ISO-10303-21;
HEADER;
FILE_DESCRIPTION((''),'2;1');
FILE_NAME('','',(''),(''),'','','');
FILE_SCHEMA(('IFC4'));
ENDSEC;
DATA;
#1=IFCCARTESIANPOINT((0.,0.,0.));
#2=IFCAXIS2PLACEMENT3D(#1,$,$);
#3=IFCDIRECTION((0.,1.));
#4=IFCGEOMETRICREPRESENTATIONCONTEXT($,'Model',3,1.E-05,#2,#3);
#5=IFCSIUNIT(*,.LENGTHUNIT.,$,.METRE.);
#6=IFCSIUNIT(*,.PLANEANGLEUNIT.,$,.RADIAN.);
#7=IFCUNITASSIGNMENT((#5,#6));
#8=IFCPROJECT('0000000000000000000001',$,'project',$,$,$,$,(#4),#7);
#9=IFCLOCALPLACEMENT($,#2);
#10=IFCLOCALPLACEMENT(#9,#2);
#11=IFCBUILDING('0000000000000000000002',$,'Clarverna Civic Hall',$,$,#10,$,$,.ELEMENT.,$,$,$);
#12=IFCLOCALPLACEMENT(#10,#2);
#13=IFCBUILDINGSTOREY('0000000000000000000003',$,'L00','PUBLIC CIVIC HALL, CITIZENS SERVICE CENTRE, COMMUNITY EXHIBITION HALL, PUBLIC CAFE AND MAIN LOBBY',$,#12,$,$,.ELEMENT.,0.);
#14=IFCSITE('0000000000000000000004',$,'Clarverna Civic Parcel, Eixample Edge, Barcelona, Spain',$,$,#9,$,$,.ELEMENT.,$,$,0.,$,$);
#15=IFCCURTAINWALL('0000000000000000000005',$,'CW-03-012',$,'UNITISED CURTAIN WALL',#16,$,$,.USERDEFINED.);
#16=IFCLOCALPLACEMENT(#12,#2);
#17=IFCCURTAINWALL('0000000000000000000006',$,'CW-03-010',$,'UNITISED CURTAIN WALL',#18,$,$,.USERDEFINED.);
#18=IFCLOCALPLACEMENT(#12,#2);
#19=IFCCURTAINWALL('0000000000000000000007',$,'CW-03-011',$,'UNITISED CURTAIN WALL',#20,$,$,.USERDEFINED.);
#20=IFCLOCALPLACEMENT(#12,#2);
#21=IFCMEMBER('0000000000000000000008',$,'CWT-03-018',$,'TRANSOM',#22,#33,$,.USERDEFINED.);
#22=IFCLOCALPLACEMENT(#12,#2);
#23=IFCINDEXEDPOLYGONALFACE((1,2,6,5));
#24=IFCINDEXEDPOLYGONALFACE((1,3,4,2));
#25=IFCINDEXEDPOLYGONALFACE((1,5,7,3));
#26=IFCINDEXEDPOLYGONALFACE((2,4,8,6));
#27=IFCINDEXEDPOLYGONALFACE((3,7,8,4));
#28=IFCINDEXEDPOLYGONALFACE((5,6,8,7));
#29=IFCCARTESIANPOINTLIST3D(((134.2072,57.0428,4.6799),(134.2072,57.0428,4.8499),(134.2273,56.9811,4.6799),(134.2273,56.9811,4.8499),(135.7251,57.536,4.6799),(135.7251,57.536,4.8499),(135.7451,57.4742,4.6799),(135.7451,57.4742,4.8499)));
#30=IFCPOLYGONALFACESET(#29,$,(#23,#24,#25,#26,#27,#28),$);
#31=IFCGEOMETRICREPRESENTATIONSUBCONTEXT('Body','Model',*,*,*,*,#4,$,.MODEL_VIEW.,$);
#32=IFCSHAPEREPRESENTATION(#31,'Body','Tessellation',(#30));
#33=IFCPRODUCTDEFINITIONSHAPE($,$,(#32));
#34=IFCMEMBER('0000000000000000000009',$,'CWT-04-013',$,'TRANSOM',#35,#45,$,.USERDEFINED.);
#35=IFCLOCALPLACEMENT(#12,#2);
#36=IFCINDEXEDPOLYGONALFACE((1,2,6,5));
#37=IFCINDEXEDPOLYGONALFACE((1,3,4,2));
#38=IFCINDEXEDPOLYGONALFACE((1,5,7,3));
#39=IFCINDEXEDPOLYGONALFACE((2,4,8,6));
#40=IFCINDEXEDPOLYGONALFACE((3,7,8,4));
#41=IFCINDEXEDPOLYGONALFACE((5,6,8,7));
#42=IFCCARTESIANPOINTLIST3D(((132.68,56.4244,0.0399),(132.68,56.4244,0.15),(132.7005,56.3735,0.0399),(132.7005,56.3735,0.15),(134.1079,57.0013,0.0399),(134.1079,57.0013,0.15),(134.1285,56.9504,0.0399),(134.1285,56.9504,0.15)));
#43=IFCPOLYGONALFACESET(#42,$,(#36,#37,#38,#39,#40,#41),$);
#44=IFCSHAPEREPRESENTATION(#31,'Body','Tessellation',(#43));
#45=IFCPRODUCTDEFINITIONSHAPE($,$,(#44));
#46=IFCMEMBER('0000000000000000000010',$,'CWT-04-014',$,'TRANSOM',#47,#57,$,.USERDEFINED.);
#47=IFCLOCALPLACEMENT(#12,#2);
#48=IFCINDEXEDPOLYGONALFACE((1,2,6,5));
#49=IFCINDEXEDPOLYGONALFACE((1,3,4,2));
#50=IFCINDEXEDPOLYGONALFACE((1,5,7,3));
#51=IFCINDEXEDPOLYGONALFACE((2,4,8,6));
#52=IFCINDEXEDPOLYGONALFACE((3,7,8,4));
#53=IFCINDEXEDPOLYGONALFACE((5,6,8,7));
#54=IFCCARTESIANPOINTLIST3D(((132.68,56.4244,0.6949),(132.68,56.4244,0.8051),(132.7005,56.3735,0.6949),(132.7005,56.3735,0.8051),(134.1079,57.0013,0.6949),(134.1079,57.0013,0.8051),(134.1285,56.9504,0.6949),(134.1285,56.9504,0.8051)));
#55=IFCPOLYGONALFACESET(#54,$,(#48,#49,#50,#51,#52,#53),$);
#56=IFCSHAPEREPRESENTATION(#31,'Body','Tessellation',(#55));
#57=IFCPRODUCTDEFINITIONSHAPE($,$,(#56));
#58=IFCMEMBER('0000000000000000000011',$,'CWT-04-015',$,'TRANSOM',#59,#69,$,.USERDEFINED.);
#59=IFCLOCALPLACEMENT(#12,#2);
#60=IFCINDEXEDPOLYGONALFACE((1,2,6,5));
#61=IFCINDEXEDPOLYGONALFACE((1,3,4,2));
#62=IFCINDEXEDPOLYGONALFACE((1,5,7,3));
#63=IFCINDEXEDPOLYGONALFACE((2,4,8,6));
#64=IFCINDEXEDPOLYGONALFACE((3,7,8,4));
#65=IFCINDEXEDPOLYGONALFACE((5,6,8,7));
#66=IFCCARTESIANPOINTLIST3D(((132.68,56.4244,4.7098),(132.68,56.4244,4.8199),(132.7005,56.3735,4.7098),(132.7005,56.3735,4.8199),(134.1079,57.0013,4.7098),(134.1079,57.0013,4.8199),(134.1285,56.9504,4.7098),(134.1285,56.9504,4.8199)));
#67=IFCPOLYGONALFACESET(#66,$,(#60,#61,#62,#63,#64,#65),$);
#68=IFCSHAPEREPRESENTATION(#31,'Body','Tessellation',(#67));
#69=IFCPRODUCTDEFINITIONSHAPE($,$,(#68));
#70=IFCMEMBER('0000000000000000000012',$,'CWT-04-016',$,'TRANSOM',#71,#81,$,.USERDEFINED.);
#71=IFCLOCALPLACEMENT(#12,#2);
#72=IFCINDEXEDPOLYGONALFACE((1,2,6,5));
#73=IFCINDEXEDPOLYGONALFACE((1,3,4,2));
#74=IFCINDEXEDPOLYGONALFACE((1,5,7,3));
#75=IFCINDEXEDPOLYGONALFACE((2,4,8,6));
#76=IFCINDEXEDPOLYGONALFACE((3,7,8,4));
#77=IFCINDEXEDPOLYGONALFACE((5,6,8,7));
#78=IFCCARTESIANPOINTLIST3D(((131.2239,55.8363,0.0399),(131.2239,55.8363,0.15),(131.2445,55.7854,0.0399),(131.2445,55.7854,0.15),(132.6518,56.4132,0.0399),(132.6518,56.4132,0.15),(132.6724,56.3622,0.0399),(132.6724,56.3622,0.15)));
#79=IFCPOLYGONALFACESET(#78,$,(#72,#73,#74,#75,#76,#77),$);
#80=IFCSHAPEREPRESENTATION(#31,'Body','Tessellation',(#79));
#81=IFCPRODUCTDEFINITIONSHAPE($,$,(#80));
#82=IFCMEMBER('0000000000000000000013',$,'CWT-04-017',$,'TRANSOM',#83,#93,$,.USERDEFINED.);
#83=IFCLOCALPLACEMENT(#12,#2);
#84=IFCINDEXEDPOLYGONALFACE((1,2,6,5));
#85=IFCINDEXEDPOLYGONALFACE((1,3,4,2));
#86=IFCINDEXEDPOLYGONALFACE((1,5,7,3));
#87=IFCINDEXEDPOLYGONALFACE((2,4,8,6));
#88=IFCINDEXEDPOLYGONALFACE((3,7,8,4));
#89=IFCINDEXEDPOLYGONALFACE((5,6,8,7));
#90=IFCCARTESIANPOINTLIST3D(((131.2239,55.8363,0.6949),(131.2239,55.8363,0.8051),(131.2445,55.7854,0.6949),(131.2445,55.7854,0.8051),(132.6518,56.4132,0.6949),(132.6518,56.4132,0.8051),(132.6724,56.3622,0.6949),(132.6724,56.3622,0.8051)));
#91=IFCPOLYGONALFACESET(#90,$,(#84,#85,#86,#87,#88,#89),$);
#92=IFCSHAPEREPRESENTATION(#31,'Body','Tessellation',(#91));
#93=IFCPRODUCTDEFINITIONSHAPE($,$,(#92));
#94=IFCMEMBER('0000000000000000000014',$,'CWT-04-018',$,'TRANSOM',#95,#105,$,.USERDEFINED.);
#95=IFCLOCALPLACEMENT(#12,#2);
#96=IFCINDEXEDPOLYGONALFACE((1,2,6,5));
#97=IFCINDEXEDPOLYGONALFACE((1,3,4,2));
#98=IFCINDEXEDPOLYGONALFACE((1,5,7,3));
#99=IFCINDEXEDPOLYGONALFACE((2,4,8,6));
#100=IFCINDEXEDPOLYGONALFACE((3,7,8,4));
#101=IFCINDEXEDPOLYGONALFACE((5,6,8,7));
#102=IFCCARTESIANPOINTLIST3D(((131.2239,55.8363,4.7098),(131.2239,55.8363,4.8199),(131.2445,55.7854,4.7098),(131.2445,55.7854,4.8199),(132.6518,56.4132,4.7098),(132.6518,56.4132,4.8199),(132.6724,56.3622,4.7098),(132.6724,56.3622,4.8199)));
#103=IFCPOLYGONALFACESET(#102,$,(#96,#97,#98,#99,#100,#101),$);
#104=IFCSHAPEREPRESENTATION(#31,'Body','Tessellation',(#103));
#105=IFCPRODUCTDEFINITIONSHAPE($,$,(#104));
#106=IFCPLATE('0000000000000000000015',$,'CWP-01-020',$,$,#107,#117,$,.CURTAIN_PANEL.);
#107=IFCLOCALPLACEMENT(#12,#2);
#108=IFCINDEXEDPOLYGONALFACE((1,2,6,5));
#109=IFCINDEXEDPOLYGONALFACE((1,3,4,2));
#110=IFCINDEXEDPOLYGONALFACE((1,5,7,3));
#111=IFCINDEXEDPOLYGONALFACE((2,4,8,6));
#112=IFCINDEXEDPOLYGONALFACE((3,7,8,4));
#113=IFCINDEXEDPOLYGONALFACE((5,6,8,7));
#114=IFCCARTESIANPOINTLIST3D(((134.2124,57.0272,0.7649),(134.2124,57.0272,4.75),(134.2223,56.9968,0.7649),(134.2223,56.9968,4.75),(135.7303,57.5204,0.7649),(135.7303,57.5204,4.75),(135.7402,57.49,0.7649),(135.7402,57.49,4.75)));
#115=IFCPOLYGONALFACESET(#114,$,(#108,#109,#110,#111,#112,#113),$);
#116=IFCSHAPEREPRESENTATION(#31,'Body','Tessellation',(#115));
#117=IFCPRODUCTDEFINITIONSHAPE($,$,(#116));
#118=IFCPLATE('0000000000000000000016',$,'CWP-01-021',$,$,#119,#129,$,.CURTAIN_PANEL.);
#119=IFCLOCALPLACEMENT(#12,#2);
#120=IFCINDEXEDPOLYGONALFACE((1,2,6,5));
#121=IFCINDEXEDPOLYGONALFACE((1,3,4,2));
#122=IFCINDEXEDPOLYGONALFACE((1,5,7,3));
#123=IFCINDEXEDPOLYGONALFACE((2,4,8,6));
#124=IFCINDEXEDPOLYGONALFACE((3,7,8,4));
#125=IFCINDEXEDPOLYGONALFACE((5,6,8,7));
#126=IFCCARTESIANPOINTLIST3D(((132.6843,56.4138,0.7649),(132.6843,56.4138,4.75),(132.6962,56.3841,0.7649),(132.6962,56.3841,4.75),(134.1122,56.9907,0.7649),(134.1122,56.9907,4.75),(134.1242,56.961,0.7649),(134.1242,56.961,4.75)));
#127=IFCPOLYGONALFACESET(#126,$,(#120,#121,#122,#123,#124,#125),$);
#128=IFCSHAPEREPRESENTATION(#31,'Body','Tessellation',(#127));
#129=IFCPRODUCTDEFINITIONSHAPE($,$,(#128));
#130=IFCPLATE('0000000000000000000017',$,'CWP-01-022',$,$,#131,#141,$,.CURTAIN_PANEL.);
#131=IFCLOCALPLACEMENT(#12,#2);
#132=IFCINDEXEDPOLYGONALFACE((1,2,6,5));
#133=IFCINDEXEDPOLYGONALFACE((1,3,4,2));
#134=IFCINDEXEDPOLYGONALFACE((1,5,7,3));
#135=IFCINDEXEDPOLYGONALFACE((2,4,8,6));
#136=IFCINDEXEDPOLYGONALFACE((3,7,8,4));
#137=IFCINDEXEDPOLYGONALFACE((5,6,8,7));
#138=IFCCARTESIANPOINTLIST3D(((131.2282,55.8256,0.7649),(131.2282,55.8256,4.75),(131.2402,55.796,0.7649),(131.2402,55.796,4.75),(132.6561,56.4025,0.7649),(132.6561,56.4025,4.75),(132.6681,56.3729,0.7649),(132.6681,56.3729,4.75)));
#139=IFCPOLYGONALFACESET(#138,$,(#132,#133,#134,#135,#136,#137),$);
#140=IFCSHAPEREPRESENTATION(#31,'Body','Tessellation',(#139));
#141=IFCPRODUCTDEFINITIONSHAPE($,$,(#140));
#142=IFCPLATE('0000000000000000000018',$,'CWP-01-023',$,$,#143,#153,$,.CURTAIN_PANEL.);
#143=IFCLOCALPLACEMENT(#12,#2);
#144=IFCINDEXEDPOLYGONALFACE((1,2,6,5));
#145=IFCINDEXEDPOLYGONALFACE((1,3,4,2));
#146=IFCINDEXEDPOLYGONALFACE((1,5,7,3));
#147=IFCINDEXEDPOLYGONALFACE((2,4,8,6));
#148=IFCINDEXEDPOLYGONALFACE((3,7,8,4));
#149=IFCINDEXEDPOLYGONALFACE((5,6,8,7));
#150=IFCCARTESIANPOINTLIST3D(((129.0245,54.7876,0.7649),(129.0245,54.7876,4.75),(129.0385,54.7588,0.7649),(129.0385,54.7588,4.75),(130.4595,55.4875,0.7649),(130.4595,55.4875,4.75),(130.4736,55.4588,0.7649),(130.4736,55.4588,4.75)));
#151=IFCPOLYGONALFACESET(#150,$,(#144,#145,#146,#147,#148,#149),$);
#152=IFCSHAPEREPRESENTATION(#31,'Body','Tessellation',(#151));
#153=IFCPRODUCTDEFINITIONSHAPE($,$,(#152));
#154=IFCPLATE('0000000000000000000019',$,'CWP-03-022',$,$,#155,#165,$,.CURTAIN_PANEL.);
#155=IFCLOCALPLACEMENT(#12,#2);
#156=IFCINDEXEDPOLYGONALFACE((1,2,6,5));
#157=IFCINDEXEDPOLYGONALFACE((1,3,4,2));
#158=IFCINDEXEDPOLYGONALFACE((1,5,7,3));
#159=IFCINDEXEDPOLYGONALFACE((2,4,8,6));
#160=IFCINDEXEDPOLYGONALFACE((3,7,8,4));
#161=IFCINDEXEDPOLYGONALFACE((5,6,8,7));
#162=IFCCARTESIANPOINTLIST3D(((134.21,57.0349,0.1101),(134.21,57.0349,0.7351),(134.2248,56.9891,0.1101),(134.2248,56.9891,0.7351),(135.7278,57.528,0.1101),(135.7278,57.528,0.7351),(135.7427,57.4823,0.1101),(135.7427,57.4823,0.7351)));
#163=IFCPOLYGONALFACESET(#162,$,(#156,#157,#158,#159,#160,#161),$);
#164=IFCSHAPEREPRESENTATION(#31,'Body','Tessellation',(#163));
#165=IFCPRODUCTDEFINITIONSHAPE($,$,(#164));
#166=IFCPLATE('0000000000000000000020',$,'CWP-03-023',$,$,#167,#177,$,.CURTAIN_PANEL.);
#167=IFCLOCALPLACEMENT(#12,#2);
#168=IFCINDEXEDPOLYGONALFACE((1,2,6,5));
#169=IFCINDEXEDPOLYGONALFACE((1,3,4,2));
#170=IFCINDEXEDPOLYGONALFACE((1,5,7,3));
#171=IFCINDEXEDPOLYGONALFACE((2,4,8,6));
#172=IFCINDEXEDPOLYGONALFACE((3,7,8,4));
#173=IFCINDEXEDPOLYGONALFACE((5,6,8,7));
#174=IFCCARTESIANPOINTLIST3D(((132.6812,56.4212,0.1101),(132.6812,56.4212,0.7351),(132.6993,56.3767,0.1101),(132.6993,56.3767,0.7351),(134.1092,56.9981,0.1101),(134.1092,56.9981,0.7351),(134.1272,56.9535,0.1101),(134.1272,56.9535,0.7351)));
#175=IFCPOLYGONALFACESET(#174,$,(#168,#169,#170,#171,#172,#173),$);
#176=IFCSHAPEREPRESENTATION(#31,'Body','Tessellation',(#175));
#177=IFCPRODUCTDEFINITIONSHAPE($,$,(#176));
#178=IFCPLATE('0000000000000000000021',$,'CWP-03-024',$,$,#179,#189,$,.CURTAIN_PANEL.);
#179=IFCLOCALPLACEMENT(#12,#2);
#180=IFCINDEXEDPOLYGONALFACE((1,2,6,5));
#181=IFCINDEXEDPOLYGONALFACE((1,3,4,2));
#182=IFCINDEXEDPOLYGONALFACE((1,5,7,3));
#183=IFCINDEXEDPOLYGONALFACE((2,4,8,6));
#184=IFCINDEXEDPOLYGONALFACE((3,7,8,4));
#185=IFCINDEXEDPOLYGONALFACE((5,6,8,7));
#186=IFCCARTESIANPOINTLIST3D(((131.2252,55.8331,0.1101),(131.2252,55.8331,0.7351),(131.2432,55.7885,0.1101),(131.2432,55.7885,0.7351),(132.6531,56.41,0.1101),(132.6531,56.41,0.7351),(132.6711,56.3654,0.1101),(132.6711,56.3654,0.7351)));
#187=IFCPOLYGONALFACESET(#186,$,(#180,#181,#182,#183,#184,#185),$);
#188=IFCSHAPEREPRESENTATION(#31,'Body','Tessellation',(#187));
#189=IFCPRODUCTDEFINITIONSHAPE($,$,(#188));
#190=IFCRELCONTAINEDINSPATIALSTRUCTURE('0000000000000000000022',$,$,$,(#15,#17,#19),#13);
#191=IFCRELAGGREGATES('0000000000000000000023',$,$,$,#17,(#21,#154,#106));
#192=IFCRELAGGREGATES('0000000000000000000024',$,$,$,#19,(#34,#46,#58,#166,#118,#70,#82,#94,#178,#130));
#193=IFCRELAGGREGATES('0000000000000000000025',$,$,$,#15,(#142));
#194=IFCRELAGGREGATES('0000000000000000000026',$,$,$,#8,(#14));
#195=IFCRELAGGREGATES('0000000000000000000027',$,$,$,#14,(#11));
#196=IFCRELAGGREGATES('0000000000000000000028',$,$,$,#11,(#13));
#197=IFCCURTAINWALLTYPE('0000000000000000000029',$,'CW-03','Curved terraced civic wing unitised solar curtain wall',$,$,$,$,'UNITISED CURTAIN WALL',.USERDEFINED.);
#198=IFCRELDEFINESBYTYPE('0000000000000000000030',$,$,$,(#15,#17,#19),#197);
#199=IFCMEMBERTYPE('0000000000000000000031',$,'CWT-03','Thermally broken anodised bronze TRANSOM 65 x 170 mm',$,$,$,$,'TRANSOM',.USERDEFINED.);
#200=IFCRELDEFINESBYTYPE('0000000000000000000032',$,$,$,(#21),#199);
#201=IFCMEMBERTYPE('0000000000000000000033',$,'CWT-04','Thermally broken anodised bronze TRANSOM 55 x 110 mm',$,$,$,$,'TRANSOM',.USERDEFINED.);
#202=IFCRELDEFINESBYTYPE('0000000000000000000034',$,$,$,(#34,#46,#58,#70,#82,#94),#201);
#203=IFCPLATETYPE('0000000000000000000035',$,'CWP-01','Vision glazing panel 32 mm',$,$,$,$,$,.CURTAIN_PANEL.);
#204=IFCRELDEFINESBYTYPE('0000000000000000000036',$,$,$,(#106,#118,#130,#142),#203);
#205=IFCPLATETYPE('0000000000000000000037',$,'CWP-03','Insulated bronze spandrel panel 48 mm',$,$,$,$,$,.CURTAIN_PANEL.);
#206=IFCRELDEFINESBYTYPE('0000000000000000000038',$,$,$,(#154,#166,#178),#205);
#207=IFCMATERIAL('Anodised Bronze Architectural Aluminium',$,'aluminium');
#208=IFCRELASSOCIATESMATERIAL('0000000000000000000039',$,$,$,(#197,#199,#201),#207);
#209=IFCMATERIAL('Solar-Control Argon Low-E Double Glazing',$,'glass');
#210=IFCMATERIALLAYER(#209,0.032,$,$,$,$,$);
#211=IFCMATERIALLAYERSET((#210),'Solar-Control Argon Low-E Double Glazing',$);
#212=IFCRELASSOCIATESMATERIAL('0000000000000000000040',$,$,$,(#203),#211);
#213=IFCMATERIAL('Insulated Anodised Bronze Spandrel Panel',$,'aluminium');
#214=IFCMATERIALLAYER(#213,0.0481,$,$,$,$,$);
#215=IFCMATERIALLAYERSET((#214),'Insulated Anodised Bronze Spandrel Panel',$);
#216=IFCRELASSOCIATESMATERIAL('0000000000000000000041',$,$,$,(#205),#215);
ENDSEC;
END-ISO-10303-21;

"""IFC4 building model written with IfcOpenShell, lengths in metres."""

from ifc_helpers import new_model, si_unit, direction, frame, frame_2d, origin, origin_2d, place, context, subcontext, project, spatial, rectangle, extrude, material, layer, layer_set, material_profile, profile_set, type_object, element, aggregate, save


model = new_model("IFC4")

# Units and contexts
model_context = context("Model", 3, precision=1e-05, world=origin(), true_north=direction((0.0, 1.0)))
body_context = subcontext(model_context, "Body", "Model", "MODEL_VIEW")
ifc_project = project(units=[si_unit("LENGTHUNIT", "METRE"), si_unit("PLANEANGLEUNIT", "RADIAN")], contexts=[model_context])

# Site, building, storey
site_placement = place(None, origin())
site = spatial("IfcSite", under=ifc_project, at=site_placement, Name="Clarverna Civic Parcel, Eixample Edge, Barcelona, Spain", CompositionType="ELEMENT", RefElevation=0.0)
building_placement = place(site_placement, origin())
building = spatial("IfcBuilding", under=site, at=building_placement, Name="Clarverna Civic Hall", CompositionType="ELEMENT")
storey_placement = place(building_placement, origin())
storey = spatial("IfcBuildingStorey", under=building, at=storey_placement, Name="L00", Description="PUBLIC CIVIC HALL, CITIZENS SERVICE CENTRE, COMMUNITY EXHIBITION HALL, PUBLIC CAFE AND MAIN LOBBY", CompositionType="ELEMENT", Elevation=0.0)

# Curtain wall
ifc_material_1 = material(Name="Anodised Bronze Architectural Aluminium", Category="aluminium")
curtain_wall_type = type_object("IfcCurtainWallType", Name="CW-03", Description="Curved terraced civic wing unitised solar curtain wall", ElementType="UNITISED CURTAIN WALL", PredefinedType="USERDEFINED", material=ifc_material_1)
curtain_wall_1_placement = place(storey_placement, origin())
curtain_wall_1 = element("IfcCurtainWall", 1, at=curtain_wall_1_placement, inside=storey, type_object=curtain_wall_type, Name="CW-03-012", ObjectType="UNITISED CURTAIN WALL", PredefinedType="USERDEFINED")

# Curtain walls
curtain_wall_2_placement = place(storey_placement, origin())
curtain_wall_2 = element("IfcCurtainWall", 2, at=curtain_wall_2_placement, inside=storey, type_object=curtain_wall_type, Name="CW-03-010", ObjectType="UNITISED CURTAIN WALL", PredefinedType="USERDEFINED")
curtain_wall_3_placement = place(storey_placement, origin())
curtain_wall_3 = element("IfcCurtainWall", 3, at=curtain_wall_3_placement, inside=storey, type_object=curtain_wall_type, Name="CW-03-011", ObjectType="UNITISED CURTAIN WALL", PredefinedType="USERDEFINED")

# Members
ifc_material_profile_1 = material_profile(ifc_material_1, rectangle(XDim=0.0649, YDim=0.1699, at=origin_2d()), Name="BRONZE 65x170")
ifc_profile_set_1 = profile_set([ifc_material_profile_1], Name="Anodised Bronze Architectural Aluminium")
member_type_1 = type_object("IfcMemberType", Name="CWT-03", Description="Thermally broken anodised bronze TRANSOM 65 x 170 mm", ElementType="TRANSOM", PredefinedType="USERDEFINED", material=ifc_profile_set_1)
member_1_placement = place(storey_placement, frame((135.7351, 57.5051, 4.7649), z_axis=(-0.951058, -0.309013, 0.0), x_axis=(0.309013, -0.951058, 0.0)))
member_1 = element("IfcMember", 4, at=member_1_placement, type_object=member_type_1, Name="CWT-03-018", ObjectType="TRANSOM", PredefinedType="USERDEFINED", context=body_context, shape_type="SweptSolid", body=[
    extrude(rectangle(XDim=0.0649, YDim=0.1699, at=origin_2d()), origin(), (0.0, 0.0, 1.0), 1.5959),
])
ifc_material_profile_2 = material_profile(ifc_material_1, rectangle(XDim=0.0549, YDim=0.1101, at=origin_2d()), Name="BRONZE 55x110")
ifc_profile_set_2 = profile_set([ifc_material_profile_2], Name="Anodised Bronze Architectural Aluminium")
member_type_2 = type_object("IfcMemberType", Name="CWT-04", Description="Thermally broken anodised bronze TRANSOM 55 x 110 mm", ElementType="TRANSOM", PredefinedType="USERDEFINED", material=ifc_profile_set_2)
member_2_placement = place(storey_placement, frame((134.1182, 56.9758, 0.095), z_axis=(-0.927192, -0.374586, 0.0), x_axis=(0.374586, -0.927192, 0.0)))
member_2 = element("IfcMember", 5, at=member_2_placement, type_object=member_type_2, Name="CWT-04-013", ObjectType="TRANSOM", PredefinedType="USERDEFINED", context=body_context, shape_type="SweptSolid", body=[
    extrude(rectangle(XDim=0.0549, YDim=0.1101, at=origin_2d()), origin(), (0.0, 0.0, 1.0), 1.54),
])
member_3_placement = place(storey_placement, frame((134.1182, 56.9758, 0.75), z_axis=(-0.927192, -0.374586, 0.0), x_axis=(0.374586, -0.927192, 0.0)))
member_3 = element("IfcMember", 6, at=member_3_placement, type_object=member_type_2, Name="CWT-04-014", ObjectType="TRANSOM", PredefinedType="USERDEFINED", context=body_context, shape_type="SweptSolid", body=[
    extrude(rectangle(XDim=0.0549, YDim=0.1101, at=origin_2d()), origin(), (0.0, 0.0, 1.0), 1.54),
])
member_4_placement = place(storey_placement, frame((134.1182, 56.9758, 4.7649), z_axis=(-0.927192, -0.374586, 0.0), x_axis=(0.374586, -0.927192, 0.0)))
member_4 = element("IfcMember", 7, at=member_4_placement, type_object=member_type_2, Name="CWT-04-015", ObjectType="TRANSOM", PredefinedType="USERDEFINED", context=body_context, shape_type="SweptSolid", body=[
    extrude(rectangle(XDim=0.0549, YDim=0.1101, at=origin_2d()), origin(), (0.0, 0.0, 1.0), 1.54),
])
member_5_placement = place(storey_placement, frame((132.6621, 56.3877, 0.095), z_axis=(-0.927192, -0.374586, 0.0), x_axis=(0.374586, -0.927192, 0.0)))
member_5 = element("IfcMember", 8, at=member_5_placement, type_object=member_type_2, Name="CWT-04-016", ObjectType="TRANSOM", PredefinedType="USERDEFINED", context=body_context, shape_type="SweptSolid", body=[
    extrude(rectangle(XDim=0.0549, YDim=0.1101, at=origin_2d()), origin(), (0.0, 0.0, 1.0), 1.54),
])
member_6_placement = place(storey_placement, frame((132.6621, 56.3877, 0.75), z_axis=(-0.927192, -0.374586, 0.0), x_axis=(0.374586, -0.927192, 0.0)))
member_6 = element("IfcMember", 9, at=member_6_placement, type_object=member_type_2, Name="CWT-04-017", ObjectType="TRANSOM", PredefinedType="USERDEFINED", context=body_context, shape_type="SweptSolid", body=[
    extrude(rectangle(XDim=0.0549, YDim=0.1101, at=origin_2d()), origin(), (0.0, 0.0, 1.0), 1.54),
])
member_7_placement = place(storey_placement, frame((132.6621, 56.3877, 4.7649), z_axis=(-0.927192, -0.374586, 0.0), x_axis=(0.374586, -0.927192, 0.0)))
member_7 = element("IfcMember", 10, at=member_7_placement, type_object=member_type_2, Name="CWT-04-018", ObjectType="TRANSOM", PredefinedType="USERDEFINED", context=body_context, shape_type="SweptSolid", body=[
    extrude(rectangle(XDim=0.0549, YDim=0.1101, at=origin_2d()), origin(), (0.0, 0.0, 1.0), 1.54),
])

# Plates
ifc_material_2 = material(Name="Solar-Control Argon Low-E Double Glazing", Category="glass")
ifc_layer_1 = layer(ifc_material_2, 0.032)
ifc_layer_set_1 = layer_set([ifc_layer_1], Name="Solar-Control Argon Low-E Double Glazing")
plate_type_1 = type_object("IfcPlateType", Name="CWP-01", Description="Vision glazing panel 32 mm", PredefinedType="CURTAIN_PANEL", material=ifc_layer_set_1)
plate_1_placement = place(storey_placement, frame((135.7351, 57.5051, 0.7649), z_axis=(0.0, 0.0, 1.0), x_axis=(-0.951058, -0.309013, 0.0)))
plate_1 = element("IfcPlate", 11, at=plate_1_placement, type_object=plate_type_1, Name="CWP-01-020", PredefinedType="CURTAIN_PANEL", context=body_context, shape_type="SweptSolid", body=[
    extrude(rectangle(XDim=1.5959, YDim=0.032, at=frame_2d((0.7979, 0.0))), origin(), (0.0, 0.0, 1.0), 3.9851),
])
plate_2_placement = place(storey_placement, frame((134.1182, 56.9758, 0.7649), z_axis=(0.0, 0.0, 1.0), x_axis=(-0.927192, -0.374586, 0.0)))
plate_2 = element("IfcPlate", 12, at=plate_2_placement, type_object=plate_type_1, Name="CWP-01-021", PredefinedType="CURTAIN_PANEL", context=body_context, shape_type="SweptSolid", body=[
    extrude(rectangle(XDim=1.54, YDim=0.032, at=frame_2d((0.77, 0.0))), origin(), (0.0, 0.0, 1.0), 3.9851),
])
plate_3_placement = place(storey_placement, frame((132.6621, 56.3877, 0.7649), z_axis=(0.0, 0.0, 1.0), x_axis=(-0.927192, -0.374586, 0.0)))
plate_3 = element("IfcPlate", 13, at=plate_3_placement, type_object=plate_type_1, Name="CWP-01-022", PredefinedType="CURTAIN_PANEL", context=body_context, shape_type="SweptSolid", body=[
    extrude(rectangle(XDim=1.54, YDim=0.032, at=frame_2d((0.77, 0.0))), origin(), (0.0, 0.0, 1.0), 3.9851),
])
plate_4_placement = place(storey_placement, frame((130.4666, 55.4731, 0.7649), z_axis=(0.0, 0.0, 1.0), x_axis=(-0.898788, -0.438384, 0.0)))
plate_4 = element("IfcPlate", 14, at=plate_4_placement, type_object=plate_type_1, Name="CWP-01-023", PredefinedType="CURTAIN_PANEL", context=body_context, shape_type="SweptSolid", body=[
    extrude(rectangle(XDim=1.5967, YDim=0.032, at=frame_2d((0.7983, 0.0))), origin(), (0.0, 0.0, 1.0), 3.9851),
])
ifc_material_3 = material(Name="Insulated Anodised Bronze Spandrel Panel", Category="aluminium")
ifc_layer_2 = layer(ifc_material_3, 0.0481)
ifc_layer_set_2 = layer_set([ifc_layer_2], Name="Insulated Anodised Bronze Spandrel Panel")
plate_type_2 = type_object("IfcPlateType", Name="CWP-03", Description="Insulated bronze spandrel panel 48 mm", PredefinedType="CURTAIN_PANEL", material=ifc_layer_set_2)
plate_5_placement = place(storey_placement, frame((135.7351, 57.5051, 0.1101), z_axis=(0.0, 0.0, 1.0), x_axis=(-0.951058, -0.309013, 0.0)))
plate_5 = element("IfcPlate", 15, at=plate_5_placement, type_object=plate_type_2, Name="CWP-03-022", PredefinedType="CURTAIN_PANEL", context=body_context, shape_type="SweptSolid", body=[
    extrude(rectangle(XDim=1.5959, YDim=0.0481, at=frame_2d((0.7979, 0.0))), origin(), (0.0, 0.0, 1.0), 0.625),
])
aggregate(curtain_wall_2, [member_1, plate_5, plate_1])
plate_6_placement = place(storey_placement, frame((134.1182, 56.9758, 0.1101), z_axis=(0.0, 0.0, 1.0), x_axis=(-0.927192, -0.374586, 0.0)))
plate_6 = element("IfcPlate", 16, at=plate_6_placement, type_object=plate_type_2, Name="CWP-03-023", PredefinedType="CURTAIN_PANEL", context=body_context, shape_type="SweptSolid", body=[
    extrude(rectangle(XDim=1.54, YDim=0.0481, at=frame_2d((0.77, 0.0))), origin(), (0.0, 0.0, 1.0), 0.625),
])
plate_7_placement = place(storey_placement, frame((132.6621, 56.3877, 0.1101), z_axis=(0.0, 0.0, 1.0), x_axis=(-0.927192, -0.374586, 0.0)))
plate_7 = element("IfcPlate", 17, at=plate_7_placement, type_object=plate_type_2, Name="CWP-03-024", PredefinedType="CURTAIN_PANEL", context=body_context, shape_type="SweptSolid", body=[
    extrude(rectangle(XDim=1.54, YDim=0.0481, at=frame_2d((0.77, 0.0))), origin(), (0.0, 0.0, 1.0), 0.625),
])
aggregate(curtain_wall_3, [member_2, member_3, member_4, plate_6, plate_2, member_5, member_6, member_7, plate_7, plate_3])
aggregate(curtain_wall_1, [plate_4])

save(model, "model.ifc")
